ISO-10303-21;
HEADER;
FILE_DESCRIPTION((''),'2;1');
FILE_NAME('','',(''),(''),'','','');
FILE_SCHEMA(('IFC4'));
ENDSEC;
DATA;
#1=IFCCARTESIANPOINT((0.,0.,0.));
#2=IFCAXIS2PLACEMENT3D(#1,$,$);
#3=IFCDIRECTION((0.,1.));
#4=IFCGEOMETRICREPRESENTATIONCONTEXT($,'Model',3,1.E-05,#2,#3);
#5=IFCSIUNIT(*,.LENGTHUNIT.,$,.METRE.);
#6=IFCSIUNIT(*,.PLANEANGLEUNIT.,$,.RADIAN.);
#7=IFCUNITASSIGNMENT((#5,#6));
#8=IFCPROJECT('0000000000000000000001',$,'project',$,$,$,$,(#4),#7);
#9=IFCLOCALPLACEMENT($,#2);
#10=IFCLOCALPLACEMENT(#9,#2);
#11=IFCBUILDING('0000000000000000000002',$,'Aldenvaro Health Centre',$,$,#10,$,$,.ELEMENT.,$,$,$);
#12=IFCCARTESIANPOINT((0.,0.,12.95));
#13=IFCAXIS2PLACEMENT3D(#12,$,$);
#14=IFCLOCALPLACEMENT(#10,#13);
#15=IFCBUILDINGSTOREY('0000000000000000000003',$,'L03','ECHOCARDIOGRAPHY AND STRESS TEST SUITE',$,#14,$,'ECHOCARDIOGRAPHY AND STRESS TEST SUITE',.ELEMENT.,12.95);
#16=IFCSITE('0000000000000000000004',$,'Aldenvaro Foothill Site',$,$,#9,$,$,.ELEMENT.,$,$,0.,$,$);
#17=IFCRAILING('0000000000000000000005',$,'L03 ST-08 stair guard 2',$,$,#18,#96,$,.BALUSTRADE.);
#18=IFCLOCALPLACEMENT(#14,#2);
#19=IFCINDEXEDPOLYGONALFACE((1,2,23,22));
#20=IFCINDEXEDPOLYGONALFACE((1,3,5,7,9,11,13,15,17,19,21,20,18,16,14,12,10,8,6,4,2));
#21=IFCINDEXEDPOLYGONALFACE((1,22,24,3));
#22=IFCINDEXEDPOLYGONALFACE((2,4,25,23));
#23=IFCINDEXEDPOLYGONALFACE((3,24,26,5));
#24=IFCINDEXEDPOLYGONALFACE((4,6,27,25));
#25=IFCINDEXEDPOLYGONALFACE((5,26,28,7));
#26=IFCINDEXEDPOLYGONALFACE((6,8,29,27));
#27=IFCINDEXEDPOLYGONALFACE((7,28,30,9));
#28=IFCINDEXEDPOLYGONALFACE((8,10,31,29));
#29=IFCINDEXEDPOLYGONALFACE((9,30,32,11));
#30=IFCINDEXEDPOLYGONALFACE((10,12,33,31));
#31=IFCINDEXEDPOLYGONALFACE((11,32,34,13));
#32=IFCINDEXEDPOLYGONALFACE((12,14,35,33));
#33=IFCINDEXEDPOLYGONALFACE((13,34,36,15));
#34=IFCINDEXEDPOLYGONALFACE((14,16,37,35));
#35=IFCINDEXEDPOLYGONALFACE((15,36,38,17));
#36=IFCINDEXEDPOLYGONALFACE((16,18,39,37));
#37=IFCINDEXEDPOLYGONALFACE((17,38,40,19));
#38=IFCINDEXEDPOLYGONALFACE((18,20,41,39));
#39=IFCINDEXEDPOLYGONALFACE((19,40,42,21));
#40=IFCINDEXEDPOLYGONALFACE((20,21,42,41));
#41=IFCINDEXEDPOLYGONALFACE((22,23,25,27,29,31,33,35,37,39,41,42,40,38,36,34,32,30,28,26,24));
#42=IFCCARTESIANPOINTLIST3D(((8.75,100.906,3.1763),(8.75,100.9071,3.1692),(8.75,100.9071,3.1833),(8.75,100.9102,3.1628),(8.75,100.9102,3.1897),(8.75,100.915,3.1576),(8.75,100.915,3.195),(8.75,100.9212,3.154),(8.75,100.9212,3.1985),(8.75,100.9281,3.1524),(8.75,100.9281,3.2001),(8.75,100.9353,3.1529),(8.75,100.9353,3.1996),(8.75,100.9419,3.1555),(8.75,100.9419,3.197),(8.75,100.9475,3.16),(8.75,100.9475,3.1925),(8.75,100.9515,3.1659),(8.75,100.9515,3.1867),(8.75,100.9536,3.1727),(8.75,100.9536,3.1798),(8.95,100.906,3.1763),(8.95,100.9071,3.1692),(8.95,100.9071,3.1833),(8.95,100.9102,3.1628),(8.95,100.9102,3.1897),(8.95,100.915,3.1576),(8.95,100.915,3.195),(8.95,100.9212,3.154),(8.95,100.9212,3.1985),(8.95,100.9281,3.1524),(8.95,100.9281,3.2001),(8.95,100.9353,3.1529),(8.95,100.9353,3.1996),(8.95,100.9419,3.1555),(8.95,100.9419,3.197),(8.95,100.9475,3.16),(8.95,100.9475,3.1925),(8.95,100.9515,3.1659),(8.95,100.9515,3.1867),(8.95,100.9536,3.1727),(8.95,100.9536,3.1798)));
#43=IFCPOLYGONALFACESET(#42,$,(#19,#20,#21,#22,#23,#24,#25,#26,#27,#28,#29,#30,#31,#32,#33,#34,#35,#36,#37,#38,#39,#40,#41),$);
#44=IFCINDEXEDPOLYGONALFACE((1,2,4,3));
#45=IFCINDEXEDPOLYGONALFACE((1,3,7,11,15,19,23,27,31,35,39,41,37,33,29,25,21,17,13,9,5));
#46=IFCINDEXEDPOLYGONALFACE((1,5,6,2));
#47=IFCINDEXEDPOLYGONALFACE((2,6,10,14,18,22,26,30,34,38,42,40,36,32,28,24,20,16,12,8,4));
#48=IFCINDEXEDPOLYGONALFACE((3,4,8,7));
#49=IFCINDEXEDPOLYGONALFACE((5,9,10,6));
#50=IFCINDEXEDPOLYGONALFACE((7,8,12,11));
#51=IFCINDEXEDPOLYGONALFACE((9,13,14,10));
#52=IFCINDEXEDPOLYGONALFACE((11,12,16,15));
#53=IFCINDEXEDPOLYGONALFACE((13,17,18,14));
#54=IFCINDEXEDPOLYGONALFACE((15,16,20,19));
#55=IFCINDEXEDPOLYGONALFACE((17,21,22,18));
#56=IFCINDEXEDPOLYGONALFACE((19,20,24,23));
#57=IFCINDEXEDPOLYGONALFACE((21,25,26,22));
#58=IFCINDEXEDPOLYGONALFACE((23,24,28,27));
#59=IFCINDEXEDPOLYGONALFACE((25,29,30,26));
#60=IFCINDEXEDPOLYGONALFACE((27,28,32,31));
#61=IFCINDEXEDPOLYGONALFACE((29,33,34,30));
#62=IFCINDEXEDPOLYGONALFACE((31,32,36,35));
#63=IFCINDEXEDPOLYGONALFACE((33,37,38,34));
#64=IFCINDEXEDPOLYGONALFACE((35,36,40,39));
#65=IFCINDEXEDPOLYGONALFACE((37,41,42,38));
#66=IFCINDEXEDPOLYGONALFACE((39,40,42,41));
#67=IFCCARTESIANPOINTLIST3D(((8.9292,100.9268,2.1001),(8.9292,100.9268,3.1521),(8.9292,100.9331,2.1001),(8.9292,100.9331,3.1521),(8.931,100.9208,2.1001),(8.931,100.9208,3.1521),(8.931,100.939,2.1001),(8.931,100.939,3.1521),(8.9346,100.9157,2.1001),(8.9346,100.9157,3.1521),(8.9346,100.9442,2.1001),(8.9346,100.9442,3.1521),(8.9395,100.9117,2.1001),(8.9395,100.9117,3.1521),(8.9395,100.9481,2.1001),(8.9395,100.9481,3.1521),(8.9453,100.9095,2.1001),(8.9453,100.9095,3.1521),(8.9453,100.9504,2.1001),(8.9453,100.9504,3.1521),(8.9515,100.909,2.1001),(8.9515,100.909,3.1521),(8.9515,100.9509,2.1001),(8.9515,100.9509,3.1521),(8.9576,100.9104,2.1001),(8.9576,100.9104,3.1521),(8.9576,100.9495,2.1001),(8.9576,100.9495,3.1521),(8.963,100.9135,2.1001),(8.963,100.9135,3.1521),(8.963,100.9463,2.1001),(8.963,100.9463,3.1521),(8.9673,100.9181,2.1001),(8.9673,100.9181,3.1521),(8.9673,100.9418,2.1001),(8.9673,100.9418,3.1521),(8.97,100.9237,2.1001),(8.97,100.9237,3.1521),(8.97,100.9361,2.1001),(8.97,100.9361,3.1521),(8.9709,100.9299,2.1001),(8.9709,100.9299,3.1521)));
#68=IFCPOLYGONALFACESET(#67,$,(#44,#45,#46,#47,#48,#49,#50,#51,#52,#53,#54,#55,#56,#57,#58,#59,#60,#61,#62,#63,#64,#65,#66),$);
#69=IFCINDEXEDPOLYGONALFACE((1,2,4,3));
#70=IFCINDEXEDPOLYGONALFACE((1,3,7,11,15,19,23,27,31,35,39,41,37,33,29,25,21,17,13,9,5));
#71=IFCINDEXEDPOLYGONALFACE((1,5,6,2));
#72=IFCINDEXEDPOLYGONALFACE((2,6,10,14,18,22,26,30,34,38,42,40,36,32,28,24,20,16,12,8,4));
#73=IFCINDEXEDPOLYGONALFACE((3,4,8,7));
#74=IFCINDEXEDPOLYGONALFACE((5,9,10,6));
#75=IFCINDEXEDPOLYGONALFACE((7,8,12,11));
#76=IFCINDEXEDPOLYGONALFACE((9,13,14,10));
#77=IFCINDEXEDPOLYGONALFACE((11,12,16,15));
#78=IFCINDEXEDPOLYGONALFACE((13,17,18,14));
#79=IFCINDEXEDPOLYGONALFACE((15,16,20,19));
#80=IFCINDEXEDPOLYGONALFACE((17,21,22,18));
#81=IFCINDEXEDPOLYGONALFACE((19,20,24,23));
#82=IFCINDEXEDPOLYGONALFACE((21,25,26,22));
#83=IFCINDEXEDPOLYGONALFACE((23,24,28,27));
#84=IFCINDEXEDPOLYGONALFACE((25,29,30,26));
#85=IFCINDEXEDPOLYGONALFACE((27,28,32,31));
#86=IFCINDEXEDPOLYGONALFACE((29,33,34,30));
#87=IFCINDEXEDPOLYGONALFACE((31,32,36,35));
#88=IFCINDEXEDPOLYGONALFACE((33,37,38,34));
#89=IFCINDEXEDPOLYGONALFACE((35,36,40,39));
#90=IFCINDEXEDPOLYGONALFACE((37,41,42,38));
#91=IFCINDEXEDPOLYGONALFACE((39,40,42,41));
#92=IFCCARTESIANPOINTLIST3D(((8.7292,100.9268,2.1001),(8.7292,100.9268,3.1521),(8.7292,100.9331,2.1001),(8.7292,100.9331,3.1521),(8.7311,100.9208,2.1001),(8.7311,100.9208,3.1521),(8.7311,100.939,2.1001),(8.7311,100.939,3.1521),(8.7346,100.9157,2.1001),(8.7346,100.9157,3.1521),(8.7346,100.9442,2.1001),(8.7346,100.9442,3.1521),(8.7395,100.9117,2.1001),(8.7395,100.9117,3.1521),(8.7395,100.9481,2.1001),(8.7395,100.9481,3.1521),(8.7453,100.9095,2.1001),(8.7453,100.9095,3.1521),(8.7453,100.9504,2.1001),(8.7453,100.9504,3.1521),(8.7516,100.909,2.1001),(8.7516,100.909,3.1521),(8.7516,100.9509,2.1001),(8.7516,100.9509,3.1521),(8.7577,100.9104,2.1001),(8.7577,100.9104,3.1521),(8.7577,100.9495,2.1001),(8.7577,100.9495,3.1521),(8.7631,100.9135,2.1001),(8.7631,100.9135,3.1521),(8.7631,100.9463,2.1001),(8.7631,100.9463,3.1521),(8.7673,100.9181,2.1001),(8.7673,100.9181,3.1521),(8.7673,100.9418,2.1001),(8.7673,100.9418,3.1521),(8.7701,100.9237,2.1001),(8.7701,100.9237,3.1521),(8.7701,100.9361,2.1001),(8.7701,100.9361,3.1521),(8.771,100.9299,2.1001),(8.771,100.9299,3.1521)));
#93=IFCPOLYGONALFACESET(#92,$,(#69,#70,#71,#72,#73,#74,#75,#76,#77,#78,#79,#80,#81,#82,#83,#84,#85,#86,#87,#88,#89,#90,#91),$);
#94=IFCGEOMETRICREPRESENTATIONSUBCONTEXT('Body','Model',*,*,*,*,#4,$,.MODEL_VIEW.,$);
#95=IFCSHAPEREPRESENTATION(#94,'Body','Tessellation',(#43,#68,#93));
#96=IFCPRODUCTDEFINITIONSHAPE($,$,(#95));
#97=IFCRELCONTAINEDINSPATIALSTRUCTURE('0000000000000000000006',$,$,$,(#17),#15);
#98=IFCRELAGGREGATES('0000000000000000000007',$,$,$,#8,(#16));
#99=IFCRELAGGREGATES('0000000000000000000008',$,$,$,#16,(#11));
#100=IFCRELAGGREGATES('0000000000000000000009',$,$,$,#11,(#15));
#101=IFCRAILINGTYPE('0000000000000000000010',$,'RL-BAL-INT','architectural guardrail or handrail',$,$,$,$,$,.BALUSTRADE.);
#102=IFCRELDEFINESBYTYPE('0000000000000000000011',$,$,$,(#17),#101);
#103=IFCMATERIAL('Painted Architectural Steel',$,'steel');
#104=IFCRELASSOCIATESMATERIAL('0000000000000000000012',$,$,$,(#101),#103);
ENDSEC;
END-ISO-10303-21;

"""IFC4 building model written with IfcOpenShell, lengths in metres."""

from ifc_helpers import new_model, si_unit, direction, frame, origin, origin_2d, place, context, subcontext, project, spatial, circle, extrude, material, type_object, element, save


model = new_model("IFC4")

# Units and contexts
model_context = context("Model", 3, precision=1e-05, world=origin(), true_north=direction((0.0, 1.0)))
body_context = subcontext(model_context, "Body", "Model", "MODEL_VIEW")
ifc_project = project(units=[si_unit("LENGTHUNIT", "METRE"), si_unit("PLANEANGLEUNIT", "RADIAN")], contexts=[model_context])

# Site, building, storey
site_placement = place(None, origin())
site = spatial("IfcSite", under=ifc_project, at=site_placement, Name="Aldenvaro Foothill Site", CompositionType="ELEMENT", RefElevation=0.0)
building_placement = place(site_placement, origin())
building = spatial("IfcBuilding", under=site, at=building_placement, Name="Aldenvaro Health Centre", CompositionType="ELEMENT")
storey_placement = place(building_placement, frame((0.0, 0.0, 12.95)))
storey = spatial("IfcBuildingStorey", under=building, at=storey_placement, Name="L03", Description="ECHOCARDIOGRAPHY AND STRESS TEST SUITE", LongName="ECHOCARDIOGRAPHY AND STRESS TEST SUITE", CompositionType="ELEMENT", Elevation=12.95)

# Railing
ifc_material_1 = material(Name="Painted Architectural Steel", Category="steel")
railing_type_1 = type_object("IfcRailingType", Name="RL-BAL-INT", Description="architectural guardrail or handrail", PredefinedType="BALUSTRADE", material=ifc_material_1)
railing_1_placement = place(storey_placement, frame((8.95, 100.9299, 2.1001)))
element("IfcRailing", 1, at=railing_1_placement, inside=storey, type_object=railing_type_1, Name="L03 ST-08 stair guard 2", PredefinedType="BALUSTRADE", context=body_context, shape_type="SweptSolid", body=[
    extrude(circle(Radius=0.0239, at=origin_2d()), frame((0.0, 0.0, 1.0762), z_axis=(-1.0, 0.0, 0.0), x_axis=(0.0, -1.0, 0.0)), (0.0, 0.0, 1.0), 0.2),
    extrude(circle(Radius=0.021, at=origin_2d()), origin(), (0.0, 0.0, 1.0), 1.052),
    extrude(circle(Radius=0.021, at=origin_2d()), frame((-0.2, 0.0, 0.0)), (0.0, 0.0, 1.0), 1.052),
])

save(model, "model.ifc")
